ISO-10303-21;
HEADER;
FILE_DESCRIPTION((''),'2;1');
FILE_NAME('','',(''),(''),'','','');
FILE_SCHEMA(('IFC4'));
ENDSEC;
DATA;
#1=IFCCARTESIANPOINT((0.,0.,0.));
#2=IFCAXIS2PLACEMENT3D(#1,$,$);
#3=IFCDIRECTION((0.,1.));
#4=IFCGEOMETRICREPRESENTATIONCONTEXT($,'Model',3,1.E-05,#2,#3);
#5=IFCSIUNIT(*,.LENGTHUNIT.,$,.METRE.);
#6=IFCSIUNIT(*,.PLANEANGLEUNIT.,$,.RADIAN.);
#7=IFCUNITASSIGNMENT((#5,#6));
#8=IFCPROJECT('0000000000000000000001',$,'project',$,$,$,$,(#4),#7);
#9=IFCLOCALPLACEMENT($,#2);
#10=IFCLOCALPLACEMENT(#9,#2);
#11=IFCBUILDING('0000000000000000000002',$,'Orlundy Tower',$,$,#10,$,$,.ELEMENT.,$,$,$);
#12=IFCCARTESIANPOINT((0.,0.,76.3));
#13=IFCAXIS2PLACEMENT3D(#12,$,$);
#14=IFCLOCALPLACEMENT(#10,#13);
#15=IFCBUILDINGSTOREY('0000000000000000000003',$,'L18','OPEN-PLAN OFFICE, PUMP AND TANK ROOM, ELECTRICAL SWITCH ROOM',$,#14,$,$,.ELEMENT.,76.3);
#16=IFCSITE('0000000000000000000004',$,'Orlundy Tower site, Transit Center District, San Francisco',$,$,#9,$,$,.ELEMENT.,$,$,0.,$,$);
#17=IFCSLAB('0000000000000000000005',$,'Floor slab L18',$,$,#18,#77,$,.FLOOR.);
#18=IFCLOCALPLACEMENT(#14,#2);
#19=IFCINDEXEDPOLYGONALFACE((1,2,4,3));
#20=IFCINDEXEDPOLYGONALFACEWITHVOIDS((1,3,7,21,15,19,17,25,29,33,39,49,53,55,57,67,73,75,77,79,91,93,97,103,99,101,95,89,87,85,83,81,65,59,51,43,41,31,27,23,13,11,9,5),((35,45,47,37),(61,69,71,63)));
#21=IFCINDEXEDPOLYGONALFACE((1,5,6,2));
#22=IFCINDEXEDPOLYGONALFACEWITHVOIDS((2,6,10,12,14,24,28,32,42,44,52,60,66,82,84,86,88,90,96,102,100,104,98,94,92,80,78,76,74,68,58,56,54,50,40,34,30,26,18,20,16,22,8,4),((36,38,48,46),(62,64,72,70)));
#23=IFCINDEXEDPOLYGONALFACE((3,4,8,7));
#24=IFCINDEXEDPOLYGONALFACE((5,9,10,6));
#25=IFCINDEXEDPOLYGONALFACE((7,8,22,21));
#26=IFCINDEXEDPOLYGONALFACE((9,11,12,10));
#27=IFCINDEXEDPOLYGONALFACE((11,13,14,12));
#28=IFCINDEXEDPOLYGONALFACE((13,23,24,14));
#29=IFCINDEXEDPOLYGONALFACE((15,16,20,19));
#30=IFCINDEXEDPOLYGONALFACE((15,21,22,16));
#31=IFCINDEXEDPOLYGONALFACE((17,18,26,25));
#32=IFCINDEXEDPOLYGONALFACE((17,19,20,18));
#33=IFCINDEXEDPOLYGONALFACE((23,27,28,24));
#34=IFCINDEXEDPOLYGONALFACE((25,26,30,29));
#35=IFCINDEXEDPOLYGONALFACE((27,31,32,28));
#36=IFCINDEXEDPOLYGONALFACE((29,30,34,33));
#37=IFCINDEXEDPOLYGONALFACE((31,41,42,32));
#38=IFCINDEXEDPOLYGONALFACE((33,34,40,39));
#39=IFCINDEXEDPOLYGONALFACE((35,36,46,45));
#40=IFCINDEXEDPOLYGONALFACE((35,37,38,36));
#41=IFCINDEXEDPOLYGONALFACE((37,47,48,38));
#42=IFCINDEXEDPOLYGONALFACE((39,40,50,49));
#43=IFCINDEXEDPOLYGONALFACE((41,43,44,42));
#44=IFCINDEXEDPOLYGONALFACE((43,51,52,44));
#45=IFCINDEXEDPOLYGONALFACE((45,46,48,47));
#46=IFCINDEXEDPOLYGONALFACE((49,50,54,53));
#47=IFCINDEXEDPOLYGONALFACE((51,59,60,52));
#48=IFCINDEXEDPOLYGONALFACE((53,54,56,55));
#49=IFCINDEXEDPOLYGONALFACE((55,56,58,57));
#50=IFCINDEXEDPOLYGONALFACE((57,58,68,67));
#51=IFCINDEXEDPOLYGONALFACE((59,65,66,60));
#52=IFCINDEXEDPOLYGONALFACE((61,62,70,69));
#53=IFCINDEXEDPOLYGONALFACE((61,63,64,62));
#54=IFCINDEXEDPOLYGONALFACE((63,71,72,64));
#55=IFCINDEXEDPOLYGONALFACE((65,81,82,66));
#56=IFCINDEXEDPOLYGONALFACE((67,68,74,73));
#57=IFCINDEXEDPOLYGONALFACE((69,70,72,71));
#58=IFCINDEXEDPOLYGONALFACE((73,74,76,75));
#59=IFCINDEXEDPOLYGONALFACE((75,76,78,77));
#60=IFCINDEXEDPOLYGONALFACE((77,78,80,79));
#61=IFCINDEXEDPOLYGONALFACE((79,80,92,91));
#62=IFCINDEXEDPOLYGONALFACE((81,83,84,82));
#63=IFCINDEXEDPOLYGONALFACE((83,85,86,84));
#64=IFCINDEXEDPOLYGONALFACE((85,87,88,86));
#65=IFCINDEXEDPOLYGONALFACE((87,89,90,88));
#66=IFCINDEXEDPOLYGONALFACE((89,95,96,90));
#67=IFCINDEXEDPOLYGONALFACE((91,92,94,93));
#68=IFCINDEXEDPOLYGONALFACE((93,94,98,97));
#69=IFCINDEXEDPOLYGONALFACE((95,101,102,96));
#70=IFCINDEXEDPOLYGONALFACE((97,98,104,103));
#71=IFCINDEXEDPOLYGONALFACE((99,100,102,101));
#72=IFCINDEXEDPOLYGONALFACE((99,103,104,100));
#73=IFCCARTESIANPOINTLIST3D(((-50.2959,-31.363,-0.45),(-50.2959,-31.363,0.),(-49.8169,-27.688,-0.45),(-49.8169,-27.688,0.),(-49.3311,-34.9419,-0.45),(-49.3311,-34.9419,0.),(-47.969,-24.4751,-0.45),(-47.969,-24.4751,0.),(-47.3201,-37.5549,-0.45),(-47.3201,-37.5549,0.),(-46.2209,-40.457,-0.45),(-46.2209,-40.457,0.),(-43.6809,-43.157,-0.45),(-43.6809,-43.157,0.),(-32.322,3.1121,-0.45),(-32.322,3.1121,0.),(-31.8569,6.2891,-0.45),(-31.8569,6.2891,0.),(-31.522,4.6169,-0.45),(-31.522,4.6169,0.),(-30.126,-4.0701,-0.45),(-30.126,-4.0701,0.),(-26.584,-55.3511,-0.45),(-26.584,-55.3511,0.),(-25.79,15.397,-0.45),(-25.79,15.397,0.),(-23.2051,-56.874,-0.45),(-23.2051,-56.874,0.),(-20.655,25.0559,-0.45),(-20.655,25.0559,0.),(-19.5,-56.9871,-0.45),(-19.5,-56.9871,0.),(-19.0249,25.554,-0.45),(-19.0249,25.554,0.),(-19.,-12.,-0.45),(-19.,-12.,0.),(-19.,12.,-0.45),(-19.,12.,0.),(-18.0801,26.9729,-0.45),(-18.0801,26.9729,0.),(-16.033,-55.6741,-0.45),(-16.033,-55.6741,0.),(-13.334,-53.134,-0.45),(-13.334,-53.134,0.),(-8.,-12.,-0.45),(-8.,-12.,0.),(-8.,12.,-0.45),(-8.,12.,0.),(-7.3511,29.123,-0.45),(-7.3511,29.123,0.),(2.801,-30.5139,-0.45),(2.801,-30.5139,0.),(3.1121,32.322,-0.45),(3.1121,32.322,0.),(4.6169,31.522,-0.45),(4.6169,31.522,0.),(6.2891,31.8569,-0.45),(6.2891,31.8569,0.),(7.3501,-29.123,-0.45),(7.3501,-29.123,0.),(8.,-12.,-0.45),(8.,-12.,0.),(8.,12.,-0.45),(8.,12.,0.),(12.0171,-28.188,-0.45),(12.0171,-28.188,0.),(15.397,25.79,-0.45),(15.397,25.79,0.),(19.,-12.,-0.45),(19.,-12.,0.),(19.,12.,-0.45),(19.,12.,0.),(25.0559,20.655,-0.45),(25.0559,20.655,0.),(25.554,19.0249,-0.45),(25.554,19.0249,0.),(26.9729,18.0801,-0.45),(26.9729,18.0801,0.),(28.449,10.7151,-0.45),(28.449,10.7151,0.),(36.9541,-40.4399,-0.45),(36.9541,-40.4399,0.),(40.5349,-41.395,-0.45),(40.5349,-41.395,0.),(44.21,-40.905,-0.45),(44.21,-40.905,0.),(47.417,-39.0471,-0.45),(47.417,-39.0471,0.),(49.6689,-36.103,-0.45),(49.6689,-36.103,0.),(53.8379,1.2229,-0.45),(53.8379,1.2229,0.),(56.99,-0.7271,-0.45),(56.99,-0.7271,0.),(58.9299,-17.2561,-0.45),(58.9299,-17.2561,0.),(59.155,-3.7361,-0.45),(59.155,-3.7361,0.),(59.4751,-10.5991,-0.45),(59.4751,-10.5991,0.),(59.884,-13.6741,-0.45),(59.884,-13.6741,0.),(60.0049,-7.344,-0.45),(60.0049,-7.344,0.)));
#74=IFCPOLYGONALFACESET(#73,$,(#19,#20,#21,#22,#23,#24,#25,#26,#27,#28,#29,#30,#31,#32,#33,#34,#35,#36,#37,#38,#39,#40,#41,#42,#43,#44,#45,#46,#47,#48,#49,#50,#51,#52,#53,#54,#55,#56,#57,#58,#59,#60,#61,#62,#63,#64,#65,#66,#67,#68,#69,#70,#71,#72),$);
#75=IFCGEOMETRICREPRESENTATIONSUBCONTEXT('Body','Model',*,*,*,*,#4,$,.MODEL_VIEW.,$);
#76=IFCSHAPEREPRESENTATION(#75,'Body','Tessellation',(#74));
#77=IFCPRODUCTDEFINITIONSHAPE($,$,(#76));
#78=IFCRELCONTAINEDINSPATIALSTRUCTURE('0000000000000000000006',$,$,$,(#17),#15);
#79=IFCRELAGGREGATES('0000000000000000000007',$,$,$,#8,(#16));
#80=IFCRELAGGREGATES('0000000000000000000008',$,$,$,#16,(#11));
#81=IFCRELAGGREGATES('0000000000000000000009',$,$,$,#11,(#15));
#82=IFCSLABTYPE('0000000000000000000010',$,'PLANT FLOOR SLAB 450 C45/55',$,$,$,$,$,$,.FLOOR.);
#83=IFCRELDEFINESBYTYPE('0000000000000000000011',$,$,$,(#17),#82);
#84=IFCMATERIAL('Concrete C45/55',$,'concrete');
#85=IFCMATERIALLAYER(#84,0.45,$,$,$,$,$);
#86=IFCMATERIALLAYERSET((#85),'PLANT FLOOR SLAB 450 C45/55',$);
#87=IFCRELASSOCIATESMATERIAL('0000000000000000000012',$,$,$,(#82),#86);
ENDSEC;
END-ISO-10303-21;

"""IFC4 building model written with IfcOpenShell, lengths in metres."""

from ifc_helpers import new_model, si_unit, direction, frame, origin, place, context, subcontext, project, spatial, polyline, outline, extrude, material, layer, layer_set, type_object, element, save


model = new_model("IFC4")

# Units and contexts
model_context = context("Model", 3, precision=1e-05, world=origin(), true_north=direction((0.0, 1.0)))
body_context = subcontext(model_context, "Body", "Model", "MODEL_VIEW")
ifc_project = project(units=[si_unit("LENGTHUNIT", "METRE"), si_unit("PLANEANGLEUNIT", "RADIAN")], contexts=[model_context])

# Site, building, storey
site_placement = place(None, origin())
site = spatial("IfcSite", under=ifc_project, at=site_placement, Name="Orlundy Tower site, Transit Center District, San Francisco", CompositionType="ELEMENT", RefElevation=0.0)
building_placement = place(site_placement, origin())
building = spatial("IfcBuilding", under=site, at=building_placement, Name="Orlundy Tower", CompositionType="ELEMENT")
storey_placement = place(building_placement, frame((0.0, 0.0, 76.3)))
storey = spatial("IfcBuildingStorey", under=building, at=storey_placement, Name="L18", Description="OPEN-PLAN OFFICE, PUMP AND TANK ROOM, ELECTRICAL SWITCH ROOM", CompositionType="ELEMENT", Elevation=76.3)

# Slab
ifc_material_1 = material(Name="Concrete C45/55", Category="concrete")
ifc_layer_1 = layer(ifc_material_1, 0.45)
ifc_layer_set_1 = layer_set([ifc_layer_1], Name="PLANT FLOOR SLAB 450 C45/55")
slab_type_1 = type_object("IfcSlabType", Name="PLANT FLOOR SLAB 450 C45/55", PredefinedType="FLOOR", material=ifc_layer_set_1)
slab_1_placement = place(storey_placement, frame((0.0, 0.0, -0.45)))
element("IfcSlab", 1, at=slab_1_placement, inside=storey, type_object=slab_type_1, Name="Floor slab L18", PredefinedType="FLOOR", context=body_context, shape_type="SweptSolid", body=[
    extrude(outline(polyline([(-31.522, 4.6169), (-31.8569, 6.2891), (-25.79, 15.397), (-20.655, 25.0559), (-19.0249, 25.554), (-18.0801, 26.9729), (-7.3511, 29.123), (3.1121, 32.322), (4.6169, 31.522), (6.2891, 31.8569), (15.397, 25.79), (25.0559, 20.655), (25.554, 19.0249), (26.9729, 18.0801), (28.449, 10.7151), (53.8379, 1.2229), (56.99, -0.7271), (59.155, -3.7361), (60.0049, -7.344), (59.4751, -10.5991), (59.884, -13.6741), (58.9299, -17.2561), (49.6689, -36.103), (47.417, -39.0471), (44.21, -40.905), (40.5349, -41.395), (36.9541, -40.4399), (12.0171, -28.188), (7.3501, -29.123), (2.801, -30.5139), (-13.334, -53.134), (-16.033, -55.6741), (-19.5, -56.9871), (-23.2051, -56.874), (-26.584, -55.3511), (-43.6809, -43.157), (-46.2209, -40.457), (-47.3201, -37.5549), (-49.3311, -34.9419), (-50.2959, -31.363), (-49.8169, -27.688), (-47.969, -24.4751), (-30.126, -4.0701), (-32.322, 3.1121), (-31.522, 4.6169)]), holes=[polyline([(-8.0, -12.0), (-8.0, 12.0), (-19.0, 12.0), (-19.0, -12.0), (-8.0, -12.0)]), polyline([(19.0, -12.0), (19.0, 12.0), (8.0, 12.0), (8.0, -12.0), (19.0, -12.0)])]), origin(), (0.0, 0.0, 1.0), 0.45),
])

save(model, "model.ifc")
